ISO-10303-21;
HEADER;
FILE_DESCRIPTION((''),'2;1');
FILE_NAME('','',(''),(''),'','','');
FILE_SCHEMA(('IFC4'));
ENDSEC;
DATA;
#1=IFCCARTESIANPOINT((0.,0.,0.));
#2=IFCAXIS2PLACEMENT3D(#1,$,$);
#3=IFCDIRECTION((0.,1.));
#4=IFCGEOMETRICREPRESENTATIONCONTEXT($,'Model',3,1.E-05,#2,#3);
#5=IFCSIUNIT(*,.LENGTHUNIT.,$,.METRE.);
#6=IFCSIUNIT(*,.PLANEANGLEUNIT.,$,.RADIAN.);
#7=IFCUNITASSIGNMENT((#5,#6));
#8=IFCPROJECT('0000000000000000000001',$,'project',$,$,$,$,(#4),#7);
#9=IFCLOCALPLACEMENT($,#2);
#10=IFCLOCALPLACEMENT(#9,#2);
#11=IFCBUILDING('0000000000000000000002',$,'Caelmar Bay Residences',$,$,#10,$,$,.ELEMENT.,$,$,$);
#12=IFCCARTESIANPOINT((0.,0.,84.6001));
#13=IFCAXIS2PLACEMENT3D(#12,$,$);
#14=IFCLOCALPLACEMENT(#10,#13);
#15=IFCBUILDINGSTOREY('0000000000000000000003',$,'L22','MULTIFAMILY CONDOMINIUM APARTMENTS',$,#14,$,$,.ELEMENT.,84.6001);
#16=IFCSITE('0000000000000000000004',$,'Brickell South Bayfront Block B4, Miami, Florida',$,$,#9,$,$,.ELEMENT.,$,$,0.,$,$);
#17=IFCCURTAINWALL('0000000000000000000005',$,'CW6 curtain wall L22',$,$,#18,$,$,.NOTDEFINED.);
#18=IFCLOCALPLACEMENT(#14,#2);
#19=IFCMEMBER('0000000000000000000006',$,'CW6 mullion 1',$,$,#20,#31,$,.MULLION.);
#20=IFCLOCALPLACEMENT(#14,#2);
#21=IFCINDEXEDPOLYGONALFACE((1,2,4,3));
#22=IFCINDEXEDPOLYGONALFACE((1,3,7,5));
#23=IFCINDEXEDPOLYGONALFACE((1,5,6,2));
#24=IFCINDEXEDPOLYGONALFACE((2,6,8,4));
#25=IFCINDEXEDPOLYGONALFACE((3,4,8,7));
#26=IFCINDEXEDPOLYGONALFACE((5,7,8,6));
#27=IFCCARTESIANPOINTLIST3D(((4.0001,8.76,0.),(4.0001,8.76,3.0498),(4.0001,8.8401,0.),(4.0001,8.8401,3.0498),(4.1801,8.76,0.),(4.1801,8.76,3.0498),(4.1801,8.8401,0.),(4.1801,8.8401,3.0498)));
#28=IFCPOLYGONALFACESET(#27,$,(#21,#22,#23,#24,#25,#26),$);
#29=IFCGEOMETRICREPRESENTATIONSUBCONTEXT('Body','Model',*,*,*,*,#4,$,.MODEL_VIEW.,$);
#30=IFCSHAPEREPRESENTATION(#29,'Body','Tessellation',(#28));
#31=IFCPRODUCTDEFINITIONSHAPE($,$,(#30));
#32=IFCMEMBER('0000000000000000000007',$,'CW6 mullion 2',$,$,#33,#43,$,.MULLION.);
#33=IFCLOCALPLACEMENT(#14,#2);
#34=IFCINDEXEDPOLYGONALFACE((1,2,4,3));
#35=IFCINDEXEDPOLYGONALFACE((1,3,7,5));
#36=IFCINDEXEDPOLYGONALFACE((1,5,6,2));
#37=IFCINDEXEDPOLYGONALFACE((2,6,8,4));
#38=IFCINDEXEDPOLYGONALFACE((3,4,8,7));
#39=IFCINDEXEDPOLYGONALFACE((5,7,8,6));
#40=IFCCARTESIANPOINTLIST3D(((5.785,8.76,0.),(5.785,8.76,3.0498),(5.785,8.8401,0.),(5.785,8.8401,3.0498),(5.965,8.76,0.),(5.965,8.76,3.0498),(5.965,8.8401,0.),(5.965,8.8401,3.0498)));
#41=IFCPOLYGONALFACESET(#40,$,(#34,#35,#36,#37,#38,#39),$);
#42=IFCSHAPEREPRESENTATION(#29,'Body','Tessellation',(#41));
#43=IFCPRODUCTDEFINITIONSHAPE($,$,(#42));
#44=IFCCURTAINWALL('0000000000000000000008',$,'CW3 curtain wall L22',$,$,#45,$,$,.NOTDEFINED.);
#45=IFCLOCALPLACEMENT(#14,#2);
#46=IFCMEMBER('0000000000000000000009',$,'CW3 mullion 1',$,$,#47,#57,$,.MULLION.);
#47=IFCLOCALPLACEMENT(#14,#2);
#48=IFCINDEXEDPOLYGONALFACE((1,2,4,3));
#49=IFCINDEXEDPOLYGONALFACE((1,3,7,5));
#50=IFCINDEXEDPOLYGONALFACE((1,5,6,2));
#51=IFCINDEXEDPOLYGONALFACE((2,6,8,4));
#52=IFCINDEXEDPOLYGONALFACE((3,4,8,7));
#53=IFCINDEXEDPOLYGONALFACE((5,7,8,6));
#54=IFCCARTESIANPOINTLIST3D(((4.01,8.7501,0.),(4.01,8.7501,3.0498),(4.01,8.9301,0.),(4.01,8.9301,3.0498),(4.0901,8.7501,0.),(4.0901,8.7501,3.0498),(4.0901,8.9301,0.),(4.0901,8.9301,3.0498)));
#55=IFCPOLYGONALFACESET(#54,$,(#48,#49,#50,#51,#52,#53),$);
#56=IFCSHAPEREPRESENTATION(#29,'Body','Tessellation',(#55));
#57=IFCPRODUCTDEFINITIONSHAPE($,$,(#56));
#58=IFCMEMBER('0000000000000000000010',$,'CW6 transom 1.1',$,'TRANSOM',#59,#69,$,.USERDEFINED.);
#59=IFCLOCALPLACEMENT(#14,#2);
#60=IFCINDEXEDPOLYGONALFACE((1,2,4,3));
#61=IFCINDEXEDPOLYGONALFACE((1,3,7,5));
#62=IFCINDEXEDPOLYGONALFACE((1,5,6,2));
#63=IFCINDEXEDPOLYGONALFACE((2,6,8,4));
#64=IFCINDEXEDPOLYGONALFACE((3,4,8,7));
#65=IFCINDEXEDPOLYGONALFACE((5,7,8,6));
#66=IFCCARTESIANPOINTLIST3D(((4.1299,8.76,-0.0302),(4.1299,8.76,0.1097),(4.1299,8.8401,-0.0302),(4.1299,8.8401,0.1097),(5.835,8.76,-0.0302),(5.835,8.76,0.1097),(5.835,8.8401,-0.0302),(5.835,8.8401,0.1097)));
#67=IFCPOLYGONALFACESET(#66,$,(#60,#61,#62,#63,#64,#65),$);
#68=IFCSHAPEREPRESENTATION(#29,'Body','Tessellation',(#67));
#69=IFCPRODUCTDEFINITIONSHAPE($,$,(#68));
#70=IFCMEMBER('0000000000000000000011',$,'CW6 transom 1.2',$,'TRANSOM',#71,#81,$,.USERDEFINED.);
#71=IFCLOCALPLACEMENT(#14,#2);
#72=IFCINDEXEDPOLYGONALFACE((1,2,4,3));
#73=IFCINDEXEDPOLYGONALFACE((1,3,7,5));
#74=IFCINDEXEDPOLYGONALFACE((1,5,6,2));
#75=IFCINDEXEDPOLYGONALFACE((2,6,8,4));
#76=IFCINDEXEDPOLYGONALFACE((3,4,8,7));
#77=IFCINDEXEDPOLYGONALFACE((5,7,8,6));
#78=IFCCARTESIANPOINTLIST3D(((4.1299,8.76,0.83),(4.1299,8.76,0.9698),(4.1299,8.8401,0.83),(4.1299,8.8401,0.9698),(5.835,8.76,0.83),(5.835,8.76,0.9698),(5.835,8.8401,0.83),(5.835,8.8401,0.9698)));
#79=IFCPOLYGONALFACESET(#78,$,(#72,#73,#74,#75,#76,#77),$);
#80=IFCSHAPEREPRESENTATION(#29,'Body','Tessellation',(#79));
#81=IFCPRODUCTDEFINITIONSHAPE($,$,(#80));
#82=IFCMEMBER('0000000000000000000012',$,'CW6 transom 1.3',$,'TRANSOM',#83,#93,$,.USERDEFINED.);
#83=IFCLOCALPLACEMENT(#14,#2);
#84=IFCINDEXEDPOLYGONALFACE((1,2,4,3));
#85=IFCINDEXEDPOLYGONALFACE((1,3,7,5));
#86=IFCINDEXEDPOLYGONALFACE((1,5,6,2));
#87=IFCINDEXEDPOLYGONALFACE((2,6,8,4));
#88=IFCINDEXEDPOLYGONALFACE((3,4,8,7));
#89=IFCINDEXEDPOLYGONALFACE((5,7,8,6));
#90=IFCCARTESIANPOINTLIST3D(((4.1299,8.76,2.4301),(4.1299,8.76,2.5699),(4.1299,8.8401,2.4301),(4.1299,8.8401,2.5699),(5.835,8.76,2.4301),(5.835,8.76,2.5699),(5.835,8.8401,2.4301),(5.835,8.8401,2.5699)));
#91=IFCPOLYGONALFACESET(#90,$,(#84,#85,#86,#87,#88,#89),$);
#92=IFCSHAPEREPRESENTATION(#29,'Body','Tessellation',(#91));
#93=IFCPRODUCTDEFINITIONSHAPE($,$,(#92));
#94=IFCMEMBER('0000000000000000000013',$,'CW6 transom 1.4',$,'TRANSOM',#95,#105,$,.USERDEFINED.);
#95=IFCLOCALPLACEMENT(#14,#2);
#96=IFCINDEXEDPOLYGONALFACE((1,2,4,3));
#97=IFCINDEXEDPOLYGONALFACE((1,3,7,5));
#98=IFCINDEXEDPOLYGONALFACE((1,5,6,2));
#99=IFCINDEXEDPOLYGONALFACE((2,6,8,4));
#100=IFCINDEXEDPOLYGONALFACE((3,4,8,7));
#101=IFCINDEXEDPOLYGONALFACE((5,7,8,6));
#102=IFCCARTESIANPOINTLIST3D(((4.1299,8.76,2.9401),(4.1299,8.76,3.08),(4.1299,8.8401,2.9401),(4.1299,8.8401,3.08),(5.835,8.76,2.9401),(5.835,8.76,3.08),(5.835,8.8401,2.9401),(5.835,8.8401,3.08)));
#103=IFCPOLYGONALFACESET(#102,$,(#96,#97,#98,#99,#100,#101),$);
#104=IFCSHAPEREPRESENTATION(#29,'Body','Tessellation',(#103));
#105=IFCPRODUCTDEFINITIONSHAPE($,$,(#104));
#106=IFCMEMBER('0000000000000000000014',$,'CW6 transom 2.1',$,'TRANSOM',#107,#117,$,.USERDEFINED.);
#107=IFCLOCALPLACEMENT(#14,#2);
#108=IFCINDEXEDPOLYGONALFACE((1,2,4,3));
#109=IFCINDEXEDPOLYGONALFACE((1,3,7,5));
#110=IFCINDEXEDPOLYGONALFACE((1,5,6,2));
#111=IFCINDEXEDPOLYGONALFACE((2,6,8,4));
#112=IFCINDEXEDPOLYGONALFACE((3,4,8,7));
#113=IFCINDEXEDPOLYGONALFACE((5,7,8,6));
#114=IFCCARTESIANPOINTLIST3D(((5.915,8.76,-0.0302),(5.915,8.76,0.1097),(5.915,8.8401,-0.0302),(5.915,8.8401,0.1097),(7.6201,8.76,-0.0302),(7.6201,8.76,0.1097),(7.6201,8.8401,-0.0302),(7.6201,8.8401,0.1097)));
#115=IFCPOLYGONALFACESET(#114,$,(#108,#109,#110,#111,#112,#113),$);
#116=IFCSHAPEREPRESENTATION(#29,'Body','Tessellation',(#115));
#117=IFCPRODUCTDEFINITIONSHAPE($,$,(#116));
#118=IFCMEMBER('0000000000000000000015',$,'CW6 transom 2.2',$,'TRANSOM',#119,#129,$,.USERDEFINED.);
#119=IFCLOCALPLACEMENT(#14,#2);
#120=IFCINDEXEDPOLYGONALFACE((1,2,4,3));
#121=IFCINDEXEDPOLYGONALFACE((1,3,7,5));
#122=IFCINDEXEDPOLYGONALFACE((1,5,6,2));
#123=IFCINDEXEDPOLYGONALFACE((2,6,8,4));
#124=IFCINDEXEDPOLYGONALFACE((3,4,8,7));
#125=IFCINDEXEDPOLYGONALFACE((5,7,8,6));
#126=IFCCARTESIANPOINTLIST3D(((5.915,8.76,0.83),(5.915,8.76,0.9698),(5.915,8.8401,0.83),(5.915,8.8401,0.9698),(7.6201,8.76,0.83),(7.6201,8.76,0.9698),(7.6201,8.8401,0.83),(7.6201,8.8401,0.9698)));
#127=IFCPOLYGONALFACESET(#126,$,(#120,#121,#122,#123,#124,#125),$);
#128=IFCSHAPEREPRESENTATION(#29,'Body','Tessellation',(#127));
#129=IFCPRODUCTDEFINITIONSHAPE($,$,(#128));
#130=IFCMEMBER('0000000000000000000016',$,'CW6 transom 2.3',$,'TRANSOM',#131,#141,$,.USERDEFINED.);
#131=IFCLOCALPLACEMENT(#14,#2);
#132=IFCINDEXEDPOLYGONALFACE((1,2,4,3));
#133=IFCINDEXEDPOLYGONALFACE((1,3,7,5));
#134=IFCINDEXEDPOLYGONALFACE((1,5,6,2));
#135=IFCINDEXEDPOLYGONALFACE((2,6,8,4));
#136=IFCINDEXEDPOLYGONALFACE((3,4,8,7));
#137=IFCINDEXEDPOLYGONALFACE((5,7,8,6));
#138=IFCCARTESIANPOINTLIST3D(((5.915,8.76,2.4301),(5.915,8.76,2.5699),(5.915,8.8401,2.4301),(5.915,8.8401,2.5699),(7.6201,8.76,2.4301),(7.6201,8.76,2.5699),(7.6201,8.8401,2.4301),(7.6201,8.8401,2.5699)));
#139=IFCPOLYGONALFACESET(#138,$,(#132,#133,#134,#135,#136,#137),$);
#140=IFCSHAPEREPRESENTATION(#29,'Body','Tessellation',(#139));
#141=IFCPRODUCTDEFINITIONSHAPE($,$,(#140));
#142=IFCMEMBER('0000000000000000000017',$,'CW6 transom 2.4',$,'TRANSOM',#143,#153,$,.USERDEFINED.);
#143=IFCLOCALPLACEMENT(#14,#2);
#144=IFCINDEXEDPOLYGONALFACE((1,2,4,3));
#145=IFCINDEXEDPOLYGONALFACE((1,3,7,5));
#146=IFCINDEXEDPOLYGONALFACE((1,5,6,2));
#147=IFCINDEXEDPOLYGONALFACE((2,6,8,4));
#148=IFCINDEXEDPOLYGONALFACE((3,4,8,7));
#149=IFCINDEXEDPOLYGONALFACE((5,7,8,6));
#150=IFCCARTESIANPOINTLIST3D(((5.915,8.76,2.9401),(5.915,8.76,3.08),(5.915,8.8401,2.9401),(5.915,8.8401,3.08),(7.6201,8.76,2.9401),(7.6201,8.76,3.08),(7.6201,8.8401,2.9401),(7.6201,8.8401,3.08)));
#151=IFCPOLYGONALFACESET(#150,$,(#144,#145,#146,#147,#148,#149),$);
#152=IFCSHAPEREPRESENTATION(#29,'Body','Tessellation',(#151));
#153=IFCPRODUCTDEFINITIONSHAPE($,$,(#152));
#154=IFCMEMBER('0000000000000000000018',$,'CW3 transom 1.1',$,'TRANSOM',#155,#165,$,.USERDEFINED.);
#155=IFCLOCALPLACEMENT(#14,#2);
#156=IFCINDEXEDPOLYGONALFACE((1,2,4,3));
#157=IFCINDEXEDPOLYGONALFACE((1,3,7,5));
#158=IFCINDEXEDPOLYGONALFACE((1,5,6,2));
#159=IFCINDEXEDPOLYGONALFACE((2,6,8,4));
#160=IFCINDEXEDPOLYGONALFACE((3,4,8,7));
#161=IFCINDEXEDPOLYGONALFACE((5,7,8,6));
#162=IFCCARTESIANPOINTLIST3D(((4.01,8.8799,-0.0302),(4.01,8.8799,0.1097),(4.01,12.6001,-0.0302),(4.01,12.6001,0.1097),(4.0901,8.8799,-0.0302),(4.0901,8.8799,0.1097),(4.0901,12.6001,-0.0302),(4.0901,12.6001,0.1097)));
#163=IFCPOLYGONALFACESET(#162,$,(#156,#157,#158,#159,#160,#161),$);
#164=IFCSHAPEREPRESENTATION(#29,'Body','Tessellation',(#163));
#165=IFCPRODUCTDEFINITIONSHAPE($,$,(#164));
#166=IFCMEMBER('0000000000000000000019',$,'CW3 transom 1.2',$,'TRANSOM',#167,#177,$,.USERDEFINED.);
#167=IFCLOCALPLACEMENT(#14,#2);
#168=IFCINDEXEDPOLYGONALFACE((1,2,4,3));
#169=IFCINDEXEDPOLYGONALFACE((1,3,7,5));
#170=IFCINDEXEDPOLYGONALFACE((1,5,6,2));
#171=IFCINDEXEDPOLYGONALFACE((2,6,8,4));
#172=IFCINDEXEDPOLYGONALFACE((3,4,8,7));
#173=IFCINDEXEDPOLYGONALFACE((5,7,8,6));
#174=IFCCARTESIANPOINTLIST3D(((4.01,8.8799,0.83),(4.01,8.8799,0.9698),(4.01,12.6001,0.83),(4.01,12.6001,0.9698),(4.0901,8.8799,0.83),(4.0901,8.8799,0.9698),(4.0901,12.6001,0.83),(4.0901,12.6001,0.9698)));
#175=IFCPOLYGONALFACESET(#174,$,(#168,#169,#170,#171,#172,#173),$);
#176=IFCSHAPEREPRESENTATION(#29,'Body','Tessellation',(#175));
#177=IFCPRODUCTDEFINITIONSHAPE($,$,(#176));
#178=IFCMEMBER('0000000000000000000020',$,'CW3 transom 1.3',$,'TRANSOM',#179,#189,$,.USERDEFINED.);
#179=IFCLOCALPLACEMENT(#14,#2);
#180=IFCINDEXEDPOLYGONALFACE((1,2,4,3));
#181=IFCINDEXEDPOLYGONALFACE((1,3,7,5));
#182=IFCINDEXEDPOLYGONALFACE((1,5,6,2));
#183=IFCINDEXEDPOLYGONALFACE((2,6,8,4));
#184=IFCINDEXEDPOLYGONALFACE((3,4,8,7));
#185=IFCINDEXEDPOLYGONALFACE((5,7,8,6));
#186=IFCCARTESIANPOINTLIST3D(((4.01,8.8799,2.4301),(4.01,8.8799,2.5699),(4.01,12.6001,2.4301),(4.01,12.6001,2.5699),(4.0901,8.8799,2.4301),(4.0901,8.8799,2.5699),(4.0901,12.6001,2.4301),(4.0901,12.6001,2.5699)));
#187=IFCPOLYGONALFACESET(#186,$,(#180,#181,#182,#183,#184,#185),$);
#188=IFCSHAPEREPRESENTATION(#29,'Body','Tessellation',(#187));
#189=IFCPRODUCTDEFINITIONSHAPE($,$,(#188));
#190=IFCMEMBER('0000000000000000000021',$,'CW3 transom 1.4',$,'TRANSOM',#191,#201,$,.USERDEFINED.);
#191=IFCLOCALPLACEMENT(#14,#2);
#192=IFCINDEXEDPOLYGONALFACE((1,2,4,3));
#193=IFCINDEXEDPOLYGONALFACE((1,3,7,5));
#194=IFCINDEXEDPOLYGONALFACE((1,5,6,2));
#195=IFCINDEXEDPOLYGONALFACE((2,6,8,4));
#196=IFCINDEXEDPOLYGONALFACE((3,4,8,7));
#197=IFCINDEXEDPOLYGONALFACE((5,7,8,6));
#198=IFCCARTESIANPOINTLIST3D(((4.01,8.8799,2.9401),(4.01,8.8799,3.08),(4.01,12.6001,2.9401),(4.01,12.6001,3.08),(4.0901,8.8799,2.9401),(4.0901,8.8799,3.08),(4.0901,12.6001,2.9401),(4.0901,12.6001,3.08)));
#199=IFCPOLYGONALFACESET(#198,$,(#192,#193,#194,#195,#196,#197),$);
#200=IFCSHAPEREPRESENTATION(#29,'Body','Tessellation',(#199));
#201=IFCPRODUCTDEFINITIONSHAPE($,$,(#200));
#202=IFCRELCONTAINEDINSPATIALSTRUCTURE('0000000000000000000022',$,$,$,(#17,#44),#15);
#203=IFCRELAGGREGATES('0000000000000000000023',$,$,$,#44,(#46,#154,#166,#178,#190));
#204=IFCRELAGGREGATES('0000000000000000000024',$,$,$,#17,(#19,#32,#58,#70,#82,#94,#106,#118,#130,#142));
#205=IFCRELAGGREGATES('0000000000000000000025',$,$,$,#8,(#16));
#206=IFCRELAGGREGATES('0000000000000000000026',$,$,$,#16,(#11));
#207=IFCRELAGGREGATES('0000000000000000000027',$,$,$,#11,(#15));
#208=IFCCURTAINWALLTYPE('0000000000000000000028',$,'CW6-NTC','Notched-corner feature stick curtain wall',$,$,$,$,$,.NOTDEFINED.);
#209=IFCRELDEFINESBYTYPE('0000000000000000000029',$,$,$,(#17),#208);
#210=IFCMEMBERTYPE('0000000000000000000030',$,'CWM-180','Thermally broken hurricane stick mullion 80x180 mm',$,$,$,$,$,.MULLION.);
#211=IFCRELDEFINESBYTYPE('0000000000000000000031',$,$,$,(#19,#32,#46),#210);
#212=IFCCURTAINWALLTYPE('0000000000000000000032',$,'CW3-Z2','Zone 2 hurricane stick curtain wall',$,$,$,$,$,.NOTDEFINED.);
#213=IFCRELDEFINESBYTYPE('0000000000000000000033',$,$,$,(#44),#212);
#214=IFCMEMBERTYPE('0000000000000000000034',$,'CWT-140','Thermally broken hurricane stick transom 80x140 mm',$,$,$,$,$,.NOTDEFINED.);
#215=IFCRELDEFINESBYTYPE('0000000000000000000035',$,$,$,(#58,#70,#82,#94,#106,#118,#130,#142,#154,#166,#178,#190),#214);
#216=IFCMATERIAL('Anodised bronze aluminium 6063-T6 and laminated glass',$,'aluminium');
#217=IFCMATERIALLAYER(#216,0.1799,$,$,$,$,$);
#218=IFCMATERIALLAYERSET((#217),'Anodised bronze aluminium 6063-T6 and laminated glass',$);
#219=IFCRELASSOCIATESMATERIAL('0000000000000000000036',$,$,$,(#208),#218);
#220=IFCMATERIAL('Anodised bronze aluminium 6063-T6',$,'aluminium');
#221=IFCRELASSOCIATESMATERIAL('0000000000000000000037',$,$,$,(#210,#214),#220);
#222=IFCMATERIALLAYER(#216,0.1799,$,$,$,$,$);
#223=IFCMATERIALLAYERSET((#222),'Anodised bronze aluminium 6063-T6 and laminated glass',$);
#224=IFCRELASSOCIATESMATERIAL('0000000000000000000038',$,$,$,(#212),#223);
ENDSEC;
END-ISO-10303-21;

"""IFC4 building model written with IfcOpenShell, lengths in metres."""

from ifc_helpers import new_model, si_unit, direction, frame, origin, origin_2d, place, context, subcontext, project, spatial, rectangle, extrude, material, layer, layer_set, material_profile, profile_set, type_object, element, aggregate, save


model = new_model("IFC4")

# Units and contexts
model_context = context("Model", 3, precision=1e-05, world=origin(), true_north=direction((0.0, 1.0)))
body_context = subcontext(model_context, "Body", "Model", "MODEL_VIEW")
ifc_project = project(units=[si_unit("LENGTHUNIT", "METRE"), si_unit("PLANEANGLEUNIT", "RADIAN")], contexts=[model_context])

# Site, building, storey
site_placement = place(None, origin())
site = spatial("IfcSite", under=ifc_project, at=site_placement, Name="Brickell South Bayfront Block B4, Miami, Florida", CompositionType="ELEMENT", RefElevation=0.0)
building_placement = place(site_placement, origin())
building = spatial("IfcBuilding", under=site, at=building_placement, Name="Caelmar Bay Residences", CompositionType="ELEMENT")
storey_placement = place(building_placement, frame((0.0, 0.0, 84.6001)))
storey = spatial("IfcBuildingStorey", under=building, at=storey_placement, Name="L22", Description="MULTIFAMILY CONDOMINIUM APARTMENTS", CompositionType="ELEMENT", Elevation=84.6001)

# Curtain wall, members
ifc_material_1 = material(Name="Anodised bronze aluminium 6063-T6 and laminated glass", Category="aluminium")
ifc_layer_1 = layer(ifc_material_1, 0.1799)
ifc_layer_set_1 = layer_set([ifc_layer_1], Name="Anodised bronze aluminium 6063-T6 and laminated glass")
curtain_wall_type_1 = type_object("IfcCurtainWallType", Name="CW6-NTC", Description="Notched-corner feature stick curtain wall", PredefinedType="NOTDEFINED", material=ifc_layer_set_1)
curtain_wall_1_placement = place(storey_placement, origin())
curtain_wall_1 = element("IfcCurtainWall", 1, at=curtain_wall_1_placement, inside=storey, type_object=curtain_wall_type_1, Name="CW6 curtain wall L22", PredefinedType="NOTDEFINED")
ifc_material_2 = material(Name="Anodised bronze aluminium 6063-T6", Category="aluminium")
ifc_material_profile_1 = material_profile(ifc_material_2, rectangle(XDim=0.0801, YDim=0.1799, at=origin_2d()), Name="CWM-80X180")
ifc_profile_set_1 = profile_set([ifc_material_profile_1], Name="Anodised bronze aluminium 6063-T6")
member_type_1 = type_object("IfcMemberType", Name="CWM-180", Description="Thermally broken hurricane stick mullion 80x180 mm", PredefinedType="MULLION", material=ifc_profile_set_1)
member_1_placement = place(storey_placement, frame((4.0901, 8.8, 0.0), z_axis=(0.0, 0.0, 1.0), x_axis=(0.0, 1.0, 0.0)))
member_1 = element("IfcMember", 2, at=member_1_placement, type_object=member_type_1, Name="CW6 mullion 1", PredefinedType="MULLION", context=body_context, shape_type="SweptSolid", body=[
    extrude(rectangle(XDim=0.0801, YDim=0.1799, at=origin_2d()), origin(), (0.0, 0.0, 1.0), 3.0498),
])
member_2_placement = place(storey_placement, frame((5.875, 8.8, 0.0), z_axis=(0.0, 0.0, 1.0), x_axis=(0.0, 1.0, 0.0)))
member_2 = element("IfcMember", 3, at=member_2_placement, type_object=member_type_1, Name="CW6 mullion 2", PredefinedType="MULLION", context=body_context, shape_type="SweptSolid", body=[
    extrude(rectangle(XDim=0.0801, YDim=0.1799, at=origin_2d()), origin(), (0.0, 0.0, 1.0), 3.0498),
])

# Curtain wall, member
ifc_layer_2 = layer(ifc_material_1, 0.1799)
ifc_layer_set_2 = layer_set([ifc_layer_2], Name="Anodised bronze aluminium 6063-T6 and laminated glass")
curtain_wall_type_2 = type_object("IfcCurtainWallType", Name="CW3-Z2", Description="Zone 2 hurricane stick curtain wall", PredefinedType="NOTDEFINED", material=ifc_layer_set_2)
curtain_wall_2_placement = place(storey_placement, origin())
curtain_wall_2 = element("IfcCurtainWall", 4, at=curtain_wall_2_placement, inside=storey, type_object=curtain_wall_type_2, Name="CW3 curtain wall L22", PredefinedType="NOTDEFINED")
member_3_placement = place(storey_placement, frame((4.05, 8.8401, 0.0), z_axis=(0.0, 0.0, 1.0), x_axis=(-1.0, 0.0, 0.0)))
member_3 = element("IfcMember", 5, at=member_3_placement, type_object=member_type_1, Name="CW3 mullion 1", PredefinedType="MULLION", context=body_context, shape_type="SweptSolid", body=[
    extrude(rectangle(XDim=0.0801, YDim=0.1799, at=origin_2d()), origin(), (0.0, 0.0, 1.0), 3.0498),
])

# Members
ifc_material_profile_2 = material_profile(ifc_material_2, rectangle(XDim=0.0801, YDim=0.1399, at=origin_2d()), Name="CWT-80X140")
ifc_profile_set_2 = profile_set([ifc_material_profile_2], Name="Anodised bronze aluminium 6063-T6")
member_type_2 = type_object("IfcMemberType", Name="CWT-140", Description="Thermally broken hurricane stick transom 80x140 mm", PredefinedType="NOTDEFINED", material=ifc_profile_set_2)
member_4_placement = place(storey_placement, frame((4.1299, 8.8, 0.0398), z_axis=(1.0, 0.0, 0.0), x_axis=(0.0, 1.0, 0.0)))
member_4 = element("IfcMember", 6, at=member_4_placement, type_object=member_type_2, Name="CW6 transom 1.1", ObjectType="TRANSOM", PredefinedType="USERDEFINED", context=body_context, shape_type="SweptSolid", body=[
    extrude(rectangle(XDim=0.0801, YDim=0.1399, at=origin_2d()), origin(), (0.0, 0.0, 1.0), 1.7051),
])
member_5_placement = place(storey_placement, frame((4.1299, 8.8, 0.8999), z_axis=(1.0, 0.0, 0.0), x_axis=(0.0, 1.0, 0.0)))
member_5 = element("IfcMember", 7, at=member_5_placement, type_object=member_type_2, Name="CW6 transom 1.2", ObjectType="TRANSOM", PredefinedType="USERDEFINED", context=body_context, shape_type="SweptSolid", body=[
    extrude(rectangle(XDim=0.0801, YDim=0.1399, at=origin_2d()), origin(), (0.0, 0.0, 1.0), 1.7051),
])
member_6_placement = place(storey_placement, frame((4.1299, 8.8, 2.5), z_axis=(1.0, 0.0, 0.0), x_axis=(0.0, 1.0, 0.0)))
member_6 = element("IfcMember", 8, at=member_6_placement, type_object=member_type_2, Name="CW6 transom 1.3", ObjectType="TRANSOM", PredefinedType="USERDEFINED", context=body_context, shape_type="SweptSolid", body=[
    extrude(rectangle(XDim=0.0801, YDim=0.1399, at=origin_2d()), origin(), (0.0, 0.0, 1.0), 1.7051),
])
member_7_placement = place(storey_placement, frame((4.1299, 8.8, 3.01), z_axis=(1.0, 0.0, 0.0), x_axis=(0.0, 1.0, 0.0)))
member_7 = element("IfcMember", 9, at=member_7_placement, type_object=member_type_2, Name="CW6 transom 1.4", ObjectType="TRANSOM", PredefinedType="USERDEFINED", context=body_context, shape_type="SweptSolid", body=[
    extrude(rectangle(XDim=0.0801, YDim=0.1399, at=origin_2d()), origin(), (0.0, 0.0, 1.0), 1.7051),
])
member_8_placement = place(storey_placement, frame((5.915, 8.8, 0.0398), z_axis=(1.0, 0.0, 0.0), x_axis=(0.0, 1.0, 0.0)))
member_8 = element("IfcMember", 10, at=member_8_placement, type_object=member_type_2, Name="CW6 transom 2.1", ObjectType="TRANSOM", PredefinedType="USERDEFINED", context=body_context, shape_type="SweptSolid", body=[
    extrude(rectangle(XDim=0.0801, YDim=0.1399, at=origin_2d()), origin(), (0.0, 0.0, 1.0), 1.7051),
])
member_9_placement = place(storey_placement, frame((5.915, 8.8, 0.8999), z_axis=(1.0, 0.0, 0.0), x_axis=(0.0, 1.0, 0.0)))
member_9 = element("IfcMember", 11, at=member_9_placement, type_object=member_type_2, Name="CW6 transom 2.2", ObjectType="TRANSOM", PredefinedType="USERDEFINED", context=body_context, shape_type="SweptSolid", body=[
    extrude(rectangle(XDim=0.0801, YDim=0.1399, at=origin_2d()), origin(), (0.0, 0.0, 1.0), 1.7051),
])
member_10_placement = place(storey_placement, frame((5.915, 8.8, 2.5), z_axis=(1.0, 0.0, 0.0), x_axis=(0.0, 1.0, 0.0)))
member_10 = element("IfcMember", 12, at=member_10_placement, type_object=member_type_2, Name="CW6 transom 2.3", ObjectType="TRANSOM", PredefinedType="USERDEFINED", context=body_context, shape_type="SweptSolid", body=[
    extrude(rectangle(XDim=0.0801, YDim=0.1399, at=origin_2d()), origin(), (0.0, 0.0, 1.0), 1.7051),
])
member_11_placement = place(storey_placement, frame((5.915, 8.8, 3.01), z_axis=(1.0, 0.0, 0.0), x_axis=(0.0, 1.0, 0.0)))
member_11 = element("IfcMember", 13, at=member_11_placement, type_object=member_type_2, Name="CW6 transom 2.4", ObjectType="TRANSOM", PredefinedType="USERDEFINED", context=body_context, shape_type="SweptSolid", body=[
    extrude(rectangle(XDim=0.0801, YDim=0.1399, at=origin_2d()), origin(), (0.0, 0.0, 1.0), 1.7051),
])
member_12_placement = place(storey_placement, frame((4.05, 8.8799, 0.0398), z_axis=(0.0, 1.0, 0.0), x_axis=(-1.0, 0.0, 0.0)))
member_12 = element("IfcMember", 14, at=member_12_placement, type_object=member_type_2, Name="CW3 transom 1.1", ObjectType="TRANSOM", PredefinedType="USERDEFINED", context=body_context, shape_type="SweptSolid", body=[
    extrude(rectangle(XDim=0.0801, YDim=0.1399, at=origin_2d()), origin(), (0.0, 0.0, 1.0), 3.7202),
])
member_13_placement = place(storey_placement, frame((4.05, 8.8799, 0.8999), z_axis=(0.0, 1.0, 0.0), x_axis=(-1.0, 0.0, 0.0)))
member_13 = element("IfcMember", 15, at=member_13_placement, type_object=member_type_2, Name="CW3 transom 1.2", ObjectType="TRANSOM", PredefinedType="USERDEFINED", context=body_context, shape_type="SweptSolid", body=[
    extrude(rectangle(XDim=0.0801, YDim=0.1399, at=origin_2d()), origin(), (0.0, 0.0, 1.0), 3.7202),
])
member_14_placement = place(storey_placement, frame((4.05, 8.8799, 2.5), z_axis=(0.0, 1.0, 0.0), x_axis=(-1.0, 0.0, 0.0)))
member_14 = element("IfcMember", 16, at=member_14_placement, type_object=member_type_2, Name="CW3 transom 1.3", ObjectType="TRANSOM", PredefinedType="USERDEFINED", context=body_context, shape_type="SweptSolid", body=[
    extrude(rectangle(XDim=0.0801, YDim=0.1399, at=origin_2d()), origin(), (0.0, 0.0, 1.0), 3.7202),
])
member_15_placement = place(storey_placement, frame((4.05, 8.8799, 3.01), z_axis=(0.0, 1.0, 0.0), x_axis=(-1.0, 0.0, 0.0)))
member_15 = element("IfcMember", 17, at=member_15_placement, type_object=member_type_2, Name="CW3 transom 1.4", ObjectType="TRANSOM", PredefinedType="USERDEFINED", context=body_context, shape_type="SweptSolid", body=[
    extrude(rectangle(XDim=0.0801, YDim=0.1399, at=origin_2d()), origin(), (0.0, 0.0, 1.0), 3.7202),
])
aggregate(curtain_wall_2, [member_3, member_12, member_13, member_14, member_15])

aggregate(curtain_wall_1, [member_1, member_2, member_4, member_5, member_6, member_7, member_8, member_9, member_10, member_11])

save(model, "model.ifc")
